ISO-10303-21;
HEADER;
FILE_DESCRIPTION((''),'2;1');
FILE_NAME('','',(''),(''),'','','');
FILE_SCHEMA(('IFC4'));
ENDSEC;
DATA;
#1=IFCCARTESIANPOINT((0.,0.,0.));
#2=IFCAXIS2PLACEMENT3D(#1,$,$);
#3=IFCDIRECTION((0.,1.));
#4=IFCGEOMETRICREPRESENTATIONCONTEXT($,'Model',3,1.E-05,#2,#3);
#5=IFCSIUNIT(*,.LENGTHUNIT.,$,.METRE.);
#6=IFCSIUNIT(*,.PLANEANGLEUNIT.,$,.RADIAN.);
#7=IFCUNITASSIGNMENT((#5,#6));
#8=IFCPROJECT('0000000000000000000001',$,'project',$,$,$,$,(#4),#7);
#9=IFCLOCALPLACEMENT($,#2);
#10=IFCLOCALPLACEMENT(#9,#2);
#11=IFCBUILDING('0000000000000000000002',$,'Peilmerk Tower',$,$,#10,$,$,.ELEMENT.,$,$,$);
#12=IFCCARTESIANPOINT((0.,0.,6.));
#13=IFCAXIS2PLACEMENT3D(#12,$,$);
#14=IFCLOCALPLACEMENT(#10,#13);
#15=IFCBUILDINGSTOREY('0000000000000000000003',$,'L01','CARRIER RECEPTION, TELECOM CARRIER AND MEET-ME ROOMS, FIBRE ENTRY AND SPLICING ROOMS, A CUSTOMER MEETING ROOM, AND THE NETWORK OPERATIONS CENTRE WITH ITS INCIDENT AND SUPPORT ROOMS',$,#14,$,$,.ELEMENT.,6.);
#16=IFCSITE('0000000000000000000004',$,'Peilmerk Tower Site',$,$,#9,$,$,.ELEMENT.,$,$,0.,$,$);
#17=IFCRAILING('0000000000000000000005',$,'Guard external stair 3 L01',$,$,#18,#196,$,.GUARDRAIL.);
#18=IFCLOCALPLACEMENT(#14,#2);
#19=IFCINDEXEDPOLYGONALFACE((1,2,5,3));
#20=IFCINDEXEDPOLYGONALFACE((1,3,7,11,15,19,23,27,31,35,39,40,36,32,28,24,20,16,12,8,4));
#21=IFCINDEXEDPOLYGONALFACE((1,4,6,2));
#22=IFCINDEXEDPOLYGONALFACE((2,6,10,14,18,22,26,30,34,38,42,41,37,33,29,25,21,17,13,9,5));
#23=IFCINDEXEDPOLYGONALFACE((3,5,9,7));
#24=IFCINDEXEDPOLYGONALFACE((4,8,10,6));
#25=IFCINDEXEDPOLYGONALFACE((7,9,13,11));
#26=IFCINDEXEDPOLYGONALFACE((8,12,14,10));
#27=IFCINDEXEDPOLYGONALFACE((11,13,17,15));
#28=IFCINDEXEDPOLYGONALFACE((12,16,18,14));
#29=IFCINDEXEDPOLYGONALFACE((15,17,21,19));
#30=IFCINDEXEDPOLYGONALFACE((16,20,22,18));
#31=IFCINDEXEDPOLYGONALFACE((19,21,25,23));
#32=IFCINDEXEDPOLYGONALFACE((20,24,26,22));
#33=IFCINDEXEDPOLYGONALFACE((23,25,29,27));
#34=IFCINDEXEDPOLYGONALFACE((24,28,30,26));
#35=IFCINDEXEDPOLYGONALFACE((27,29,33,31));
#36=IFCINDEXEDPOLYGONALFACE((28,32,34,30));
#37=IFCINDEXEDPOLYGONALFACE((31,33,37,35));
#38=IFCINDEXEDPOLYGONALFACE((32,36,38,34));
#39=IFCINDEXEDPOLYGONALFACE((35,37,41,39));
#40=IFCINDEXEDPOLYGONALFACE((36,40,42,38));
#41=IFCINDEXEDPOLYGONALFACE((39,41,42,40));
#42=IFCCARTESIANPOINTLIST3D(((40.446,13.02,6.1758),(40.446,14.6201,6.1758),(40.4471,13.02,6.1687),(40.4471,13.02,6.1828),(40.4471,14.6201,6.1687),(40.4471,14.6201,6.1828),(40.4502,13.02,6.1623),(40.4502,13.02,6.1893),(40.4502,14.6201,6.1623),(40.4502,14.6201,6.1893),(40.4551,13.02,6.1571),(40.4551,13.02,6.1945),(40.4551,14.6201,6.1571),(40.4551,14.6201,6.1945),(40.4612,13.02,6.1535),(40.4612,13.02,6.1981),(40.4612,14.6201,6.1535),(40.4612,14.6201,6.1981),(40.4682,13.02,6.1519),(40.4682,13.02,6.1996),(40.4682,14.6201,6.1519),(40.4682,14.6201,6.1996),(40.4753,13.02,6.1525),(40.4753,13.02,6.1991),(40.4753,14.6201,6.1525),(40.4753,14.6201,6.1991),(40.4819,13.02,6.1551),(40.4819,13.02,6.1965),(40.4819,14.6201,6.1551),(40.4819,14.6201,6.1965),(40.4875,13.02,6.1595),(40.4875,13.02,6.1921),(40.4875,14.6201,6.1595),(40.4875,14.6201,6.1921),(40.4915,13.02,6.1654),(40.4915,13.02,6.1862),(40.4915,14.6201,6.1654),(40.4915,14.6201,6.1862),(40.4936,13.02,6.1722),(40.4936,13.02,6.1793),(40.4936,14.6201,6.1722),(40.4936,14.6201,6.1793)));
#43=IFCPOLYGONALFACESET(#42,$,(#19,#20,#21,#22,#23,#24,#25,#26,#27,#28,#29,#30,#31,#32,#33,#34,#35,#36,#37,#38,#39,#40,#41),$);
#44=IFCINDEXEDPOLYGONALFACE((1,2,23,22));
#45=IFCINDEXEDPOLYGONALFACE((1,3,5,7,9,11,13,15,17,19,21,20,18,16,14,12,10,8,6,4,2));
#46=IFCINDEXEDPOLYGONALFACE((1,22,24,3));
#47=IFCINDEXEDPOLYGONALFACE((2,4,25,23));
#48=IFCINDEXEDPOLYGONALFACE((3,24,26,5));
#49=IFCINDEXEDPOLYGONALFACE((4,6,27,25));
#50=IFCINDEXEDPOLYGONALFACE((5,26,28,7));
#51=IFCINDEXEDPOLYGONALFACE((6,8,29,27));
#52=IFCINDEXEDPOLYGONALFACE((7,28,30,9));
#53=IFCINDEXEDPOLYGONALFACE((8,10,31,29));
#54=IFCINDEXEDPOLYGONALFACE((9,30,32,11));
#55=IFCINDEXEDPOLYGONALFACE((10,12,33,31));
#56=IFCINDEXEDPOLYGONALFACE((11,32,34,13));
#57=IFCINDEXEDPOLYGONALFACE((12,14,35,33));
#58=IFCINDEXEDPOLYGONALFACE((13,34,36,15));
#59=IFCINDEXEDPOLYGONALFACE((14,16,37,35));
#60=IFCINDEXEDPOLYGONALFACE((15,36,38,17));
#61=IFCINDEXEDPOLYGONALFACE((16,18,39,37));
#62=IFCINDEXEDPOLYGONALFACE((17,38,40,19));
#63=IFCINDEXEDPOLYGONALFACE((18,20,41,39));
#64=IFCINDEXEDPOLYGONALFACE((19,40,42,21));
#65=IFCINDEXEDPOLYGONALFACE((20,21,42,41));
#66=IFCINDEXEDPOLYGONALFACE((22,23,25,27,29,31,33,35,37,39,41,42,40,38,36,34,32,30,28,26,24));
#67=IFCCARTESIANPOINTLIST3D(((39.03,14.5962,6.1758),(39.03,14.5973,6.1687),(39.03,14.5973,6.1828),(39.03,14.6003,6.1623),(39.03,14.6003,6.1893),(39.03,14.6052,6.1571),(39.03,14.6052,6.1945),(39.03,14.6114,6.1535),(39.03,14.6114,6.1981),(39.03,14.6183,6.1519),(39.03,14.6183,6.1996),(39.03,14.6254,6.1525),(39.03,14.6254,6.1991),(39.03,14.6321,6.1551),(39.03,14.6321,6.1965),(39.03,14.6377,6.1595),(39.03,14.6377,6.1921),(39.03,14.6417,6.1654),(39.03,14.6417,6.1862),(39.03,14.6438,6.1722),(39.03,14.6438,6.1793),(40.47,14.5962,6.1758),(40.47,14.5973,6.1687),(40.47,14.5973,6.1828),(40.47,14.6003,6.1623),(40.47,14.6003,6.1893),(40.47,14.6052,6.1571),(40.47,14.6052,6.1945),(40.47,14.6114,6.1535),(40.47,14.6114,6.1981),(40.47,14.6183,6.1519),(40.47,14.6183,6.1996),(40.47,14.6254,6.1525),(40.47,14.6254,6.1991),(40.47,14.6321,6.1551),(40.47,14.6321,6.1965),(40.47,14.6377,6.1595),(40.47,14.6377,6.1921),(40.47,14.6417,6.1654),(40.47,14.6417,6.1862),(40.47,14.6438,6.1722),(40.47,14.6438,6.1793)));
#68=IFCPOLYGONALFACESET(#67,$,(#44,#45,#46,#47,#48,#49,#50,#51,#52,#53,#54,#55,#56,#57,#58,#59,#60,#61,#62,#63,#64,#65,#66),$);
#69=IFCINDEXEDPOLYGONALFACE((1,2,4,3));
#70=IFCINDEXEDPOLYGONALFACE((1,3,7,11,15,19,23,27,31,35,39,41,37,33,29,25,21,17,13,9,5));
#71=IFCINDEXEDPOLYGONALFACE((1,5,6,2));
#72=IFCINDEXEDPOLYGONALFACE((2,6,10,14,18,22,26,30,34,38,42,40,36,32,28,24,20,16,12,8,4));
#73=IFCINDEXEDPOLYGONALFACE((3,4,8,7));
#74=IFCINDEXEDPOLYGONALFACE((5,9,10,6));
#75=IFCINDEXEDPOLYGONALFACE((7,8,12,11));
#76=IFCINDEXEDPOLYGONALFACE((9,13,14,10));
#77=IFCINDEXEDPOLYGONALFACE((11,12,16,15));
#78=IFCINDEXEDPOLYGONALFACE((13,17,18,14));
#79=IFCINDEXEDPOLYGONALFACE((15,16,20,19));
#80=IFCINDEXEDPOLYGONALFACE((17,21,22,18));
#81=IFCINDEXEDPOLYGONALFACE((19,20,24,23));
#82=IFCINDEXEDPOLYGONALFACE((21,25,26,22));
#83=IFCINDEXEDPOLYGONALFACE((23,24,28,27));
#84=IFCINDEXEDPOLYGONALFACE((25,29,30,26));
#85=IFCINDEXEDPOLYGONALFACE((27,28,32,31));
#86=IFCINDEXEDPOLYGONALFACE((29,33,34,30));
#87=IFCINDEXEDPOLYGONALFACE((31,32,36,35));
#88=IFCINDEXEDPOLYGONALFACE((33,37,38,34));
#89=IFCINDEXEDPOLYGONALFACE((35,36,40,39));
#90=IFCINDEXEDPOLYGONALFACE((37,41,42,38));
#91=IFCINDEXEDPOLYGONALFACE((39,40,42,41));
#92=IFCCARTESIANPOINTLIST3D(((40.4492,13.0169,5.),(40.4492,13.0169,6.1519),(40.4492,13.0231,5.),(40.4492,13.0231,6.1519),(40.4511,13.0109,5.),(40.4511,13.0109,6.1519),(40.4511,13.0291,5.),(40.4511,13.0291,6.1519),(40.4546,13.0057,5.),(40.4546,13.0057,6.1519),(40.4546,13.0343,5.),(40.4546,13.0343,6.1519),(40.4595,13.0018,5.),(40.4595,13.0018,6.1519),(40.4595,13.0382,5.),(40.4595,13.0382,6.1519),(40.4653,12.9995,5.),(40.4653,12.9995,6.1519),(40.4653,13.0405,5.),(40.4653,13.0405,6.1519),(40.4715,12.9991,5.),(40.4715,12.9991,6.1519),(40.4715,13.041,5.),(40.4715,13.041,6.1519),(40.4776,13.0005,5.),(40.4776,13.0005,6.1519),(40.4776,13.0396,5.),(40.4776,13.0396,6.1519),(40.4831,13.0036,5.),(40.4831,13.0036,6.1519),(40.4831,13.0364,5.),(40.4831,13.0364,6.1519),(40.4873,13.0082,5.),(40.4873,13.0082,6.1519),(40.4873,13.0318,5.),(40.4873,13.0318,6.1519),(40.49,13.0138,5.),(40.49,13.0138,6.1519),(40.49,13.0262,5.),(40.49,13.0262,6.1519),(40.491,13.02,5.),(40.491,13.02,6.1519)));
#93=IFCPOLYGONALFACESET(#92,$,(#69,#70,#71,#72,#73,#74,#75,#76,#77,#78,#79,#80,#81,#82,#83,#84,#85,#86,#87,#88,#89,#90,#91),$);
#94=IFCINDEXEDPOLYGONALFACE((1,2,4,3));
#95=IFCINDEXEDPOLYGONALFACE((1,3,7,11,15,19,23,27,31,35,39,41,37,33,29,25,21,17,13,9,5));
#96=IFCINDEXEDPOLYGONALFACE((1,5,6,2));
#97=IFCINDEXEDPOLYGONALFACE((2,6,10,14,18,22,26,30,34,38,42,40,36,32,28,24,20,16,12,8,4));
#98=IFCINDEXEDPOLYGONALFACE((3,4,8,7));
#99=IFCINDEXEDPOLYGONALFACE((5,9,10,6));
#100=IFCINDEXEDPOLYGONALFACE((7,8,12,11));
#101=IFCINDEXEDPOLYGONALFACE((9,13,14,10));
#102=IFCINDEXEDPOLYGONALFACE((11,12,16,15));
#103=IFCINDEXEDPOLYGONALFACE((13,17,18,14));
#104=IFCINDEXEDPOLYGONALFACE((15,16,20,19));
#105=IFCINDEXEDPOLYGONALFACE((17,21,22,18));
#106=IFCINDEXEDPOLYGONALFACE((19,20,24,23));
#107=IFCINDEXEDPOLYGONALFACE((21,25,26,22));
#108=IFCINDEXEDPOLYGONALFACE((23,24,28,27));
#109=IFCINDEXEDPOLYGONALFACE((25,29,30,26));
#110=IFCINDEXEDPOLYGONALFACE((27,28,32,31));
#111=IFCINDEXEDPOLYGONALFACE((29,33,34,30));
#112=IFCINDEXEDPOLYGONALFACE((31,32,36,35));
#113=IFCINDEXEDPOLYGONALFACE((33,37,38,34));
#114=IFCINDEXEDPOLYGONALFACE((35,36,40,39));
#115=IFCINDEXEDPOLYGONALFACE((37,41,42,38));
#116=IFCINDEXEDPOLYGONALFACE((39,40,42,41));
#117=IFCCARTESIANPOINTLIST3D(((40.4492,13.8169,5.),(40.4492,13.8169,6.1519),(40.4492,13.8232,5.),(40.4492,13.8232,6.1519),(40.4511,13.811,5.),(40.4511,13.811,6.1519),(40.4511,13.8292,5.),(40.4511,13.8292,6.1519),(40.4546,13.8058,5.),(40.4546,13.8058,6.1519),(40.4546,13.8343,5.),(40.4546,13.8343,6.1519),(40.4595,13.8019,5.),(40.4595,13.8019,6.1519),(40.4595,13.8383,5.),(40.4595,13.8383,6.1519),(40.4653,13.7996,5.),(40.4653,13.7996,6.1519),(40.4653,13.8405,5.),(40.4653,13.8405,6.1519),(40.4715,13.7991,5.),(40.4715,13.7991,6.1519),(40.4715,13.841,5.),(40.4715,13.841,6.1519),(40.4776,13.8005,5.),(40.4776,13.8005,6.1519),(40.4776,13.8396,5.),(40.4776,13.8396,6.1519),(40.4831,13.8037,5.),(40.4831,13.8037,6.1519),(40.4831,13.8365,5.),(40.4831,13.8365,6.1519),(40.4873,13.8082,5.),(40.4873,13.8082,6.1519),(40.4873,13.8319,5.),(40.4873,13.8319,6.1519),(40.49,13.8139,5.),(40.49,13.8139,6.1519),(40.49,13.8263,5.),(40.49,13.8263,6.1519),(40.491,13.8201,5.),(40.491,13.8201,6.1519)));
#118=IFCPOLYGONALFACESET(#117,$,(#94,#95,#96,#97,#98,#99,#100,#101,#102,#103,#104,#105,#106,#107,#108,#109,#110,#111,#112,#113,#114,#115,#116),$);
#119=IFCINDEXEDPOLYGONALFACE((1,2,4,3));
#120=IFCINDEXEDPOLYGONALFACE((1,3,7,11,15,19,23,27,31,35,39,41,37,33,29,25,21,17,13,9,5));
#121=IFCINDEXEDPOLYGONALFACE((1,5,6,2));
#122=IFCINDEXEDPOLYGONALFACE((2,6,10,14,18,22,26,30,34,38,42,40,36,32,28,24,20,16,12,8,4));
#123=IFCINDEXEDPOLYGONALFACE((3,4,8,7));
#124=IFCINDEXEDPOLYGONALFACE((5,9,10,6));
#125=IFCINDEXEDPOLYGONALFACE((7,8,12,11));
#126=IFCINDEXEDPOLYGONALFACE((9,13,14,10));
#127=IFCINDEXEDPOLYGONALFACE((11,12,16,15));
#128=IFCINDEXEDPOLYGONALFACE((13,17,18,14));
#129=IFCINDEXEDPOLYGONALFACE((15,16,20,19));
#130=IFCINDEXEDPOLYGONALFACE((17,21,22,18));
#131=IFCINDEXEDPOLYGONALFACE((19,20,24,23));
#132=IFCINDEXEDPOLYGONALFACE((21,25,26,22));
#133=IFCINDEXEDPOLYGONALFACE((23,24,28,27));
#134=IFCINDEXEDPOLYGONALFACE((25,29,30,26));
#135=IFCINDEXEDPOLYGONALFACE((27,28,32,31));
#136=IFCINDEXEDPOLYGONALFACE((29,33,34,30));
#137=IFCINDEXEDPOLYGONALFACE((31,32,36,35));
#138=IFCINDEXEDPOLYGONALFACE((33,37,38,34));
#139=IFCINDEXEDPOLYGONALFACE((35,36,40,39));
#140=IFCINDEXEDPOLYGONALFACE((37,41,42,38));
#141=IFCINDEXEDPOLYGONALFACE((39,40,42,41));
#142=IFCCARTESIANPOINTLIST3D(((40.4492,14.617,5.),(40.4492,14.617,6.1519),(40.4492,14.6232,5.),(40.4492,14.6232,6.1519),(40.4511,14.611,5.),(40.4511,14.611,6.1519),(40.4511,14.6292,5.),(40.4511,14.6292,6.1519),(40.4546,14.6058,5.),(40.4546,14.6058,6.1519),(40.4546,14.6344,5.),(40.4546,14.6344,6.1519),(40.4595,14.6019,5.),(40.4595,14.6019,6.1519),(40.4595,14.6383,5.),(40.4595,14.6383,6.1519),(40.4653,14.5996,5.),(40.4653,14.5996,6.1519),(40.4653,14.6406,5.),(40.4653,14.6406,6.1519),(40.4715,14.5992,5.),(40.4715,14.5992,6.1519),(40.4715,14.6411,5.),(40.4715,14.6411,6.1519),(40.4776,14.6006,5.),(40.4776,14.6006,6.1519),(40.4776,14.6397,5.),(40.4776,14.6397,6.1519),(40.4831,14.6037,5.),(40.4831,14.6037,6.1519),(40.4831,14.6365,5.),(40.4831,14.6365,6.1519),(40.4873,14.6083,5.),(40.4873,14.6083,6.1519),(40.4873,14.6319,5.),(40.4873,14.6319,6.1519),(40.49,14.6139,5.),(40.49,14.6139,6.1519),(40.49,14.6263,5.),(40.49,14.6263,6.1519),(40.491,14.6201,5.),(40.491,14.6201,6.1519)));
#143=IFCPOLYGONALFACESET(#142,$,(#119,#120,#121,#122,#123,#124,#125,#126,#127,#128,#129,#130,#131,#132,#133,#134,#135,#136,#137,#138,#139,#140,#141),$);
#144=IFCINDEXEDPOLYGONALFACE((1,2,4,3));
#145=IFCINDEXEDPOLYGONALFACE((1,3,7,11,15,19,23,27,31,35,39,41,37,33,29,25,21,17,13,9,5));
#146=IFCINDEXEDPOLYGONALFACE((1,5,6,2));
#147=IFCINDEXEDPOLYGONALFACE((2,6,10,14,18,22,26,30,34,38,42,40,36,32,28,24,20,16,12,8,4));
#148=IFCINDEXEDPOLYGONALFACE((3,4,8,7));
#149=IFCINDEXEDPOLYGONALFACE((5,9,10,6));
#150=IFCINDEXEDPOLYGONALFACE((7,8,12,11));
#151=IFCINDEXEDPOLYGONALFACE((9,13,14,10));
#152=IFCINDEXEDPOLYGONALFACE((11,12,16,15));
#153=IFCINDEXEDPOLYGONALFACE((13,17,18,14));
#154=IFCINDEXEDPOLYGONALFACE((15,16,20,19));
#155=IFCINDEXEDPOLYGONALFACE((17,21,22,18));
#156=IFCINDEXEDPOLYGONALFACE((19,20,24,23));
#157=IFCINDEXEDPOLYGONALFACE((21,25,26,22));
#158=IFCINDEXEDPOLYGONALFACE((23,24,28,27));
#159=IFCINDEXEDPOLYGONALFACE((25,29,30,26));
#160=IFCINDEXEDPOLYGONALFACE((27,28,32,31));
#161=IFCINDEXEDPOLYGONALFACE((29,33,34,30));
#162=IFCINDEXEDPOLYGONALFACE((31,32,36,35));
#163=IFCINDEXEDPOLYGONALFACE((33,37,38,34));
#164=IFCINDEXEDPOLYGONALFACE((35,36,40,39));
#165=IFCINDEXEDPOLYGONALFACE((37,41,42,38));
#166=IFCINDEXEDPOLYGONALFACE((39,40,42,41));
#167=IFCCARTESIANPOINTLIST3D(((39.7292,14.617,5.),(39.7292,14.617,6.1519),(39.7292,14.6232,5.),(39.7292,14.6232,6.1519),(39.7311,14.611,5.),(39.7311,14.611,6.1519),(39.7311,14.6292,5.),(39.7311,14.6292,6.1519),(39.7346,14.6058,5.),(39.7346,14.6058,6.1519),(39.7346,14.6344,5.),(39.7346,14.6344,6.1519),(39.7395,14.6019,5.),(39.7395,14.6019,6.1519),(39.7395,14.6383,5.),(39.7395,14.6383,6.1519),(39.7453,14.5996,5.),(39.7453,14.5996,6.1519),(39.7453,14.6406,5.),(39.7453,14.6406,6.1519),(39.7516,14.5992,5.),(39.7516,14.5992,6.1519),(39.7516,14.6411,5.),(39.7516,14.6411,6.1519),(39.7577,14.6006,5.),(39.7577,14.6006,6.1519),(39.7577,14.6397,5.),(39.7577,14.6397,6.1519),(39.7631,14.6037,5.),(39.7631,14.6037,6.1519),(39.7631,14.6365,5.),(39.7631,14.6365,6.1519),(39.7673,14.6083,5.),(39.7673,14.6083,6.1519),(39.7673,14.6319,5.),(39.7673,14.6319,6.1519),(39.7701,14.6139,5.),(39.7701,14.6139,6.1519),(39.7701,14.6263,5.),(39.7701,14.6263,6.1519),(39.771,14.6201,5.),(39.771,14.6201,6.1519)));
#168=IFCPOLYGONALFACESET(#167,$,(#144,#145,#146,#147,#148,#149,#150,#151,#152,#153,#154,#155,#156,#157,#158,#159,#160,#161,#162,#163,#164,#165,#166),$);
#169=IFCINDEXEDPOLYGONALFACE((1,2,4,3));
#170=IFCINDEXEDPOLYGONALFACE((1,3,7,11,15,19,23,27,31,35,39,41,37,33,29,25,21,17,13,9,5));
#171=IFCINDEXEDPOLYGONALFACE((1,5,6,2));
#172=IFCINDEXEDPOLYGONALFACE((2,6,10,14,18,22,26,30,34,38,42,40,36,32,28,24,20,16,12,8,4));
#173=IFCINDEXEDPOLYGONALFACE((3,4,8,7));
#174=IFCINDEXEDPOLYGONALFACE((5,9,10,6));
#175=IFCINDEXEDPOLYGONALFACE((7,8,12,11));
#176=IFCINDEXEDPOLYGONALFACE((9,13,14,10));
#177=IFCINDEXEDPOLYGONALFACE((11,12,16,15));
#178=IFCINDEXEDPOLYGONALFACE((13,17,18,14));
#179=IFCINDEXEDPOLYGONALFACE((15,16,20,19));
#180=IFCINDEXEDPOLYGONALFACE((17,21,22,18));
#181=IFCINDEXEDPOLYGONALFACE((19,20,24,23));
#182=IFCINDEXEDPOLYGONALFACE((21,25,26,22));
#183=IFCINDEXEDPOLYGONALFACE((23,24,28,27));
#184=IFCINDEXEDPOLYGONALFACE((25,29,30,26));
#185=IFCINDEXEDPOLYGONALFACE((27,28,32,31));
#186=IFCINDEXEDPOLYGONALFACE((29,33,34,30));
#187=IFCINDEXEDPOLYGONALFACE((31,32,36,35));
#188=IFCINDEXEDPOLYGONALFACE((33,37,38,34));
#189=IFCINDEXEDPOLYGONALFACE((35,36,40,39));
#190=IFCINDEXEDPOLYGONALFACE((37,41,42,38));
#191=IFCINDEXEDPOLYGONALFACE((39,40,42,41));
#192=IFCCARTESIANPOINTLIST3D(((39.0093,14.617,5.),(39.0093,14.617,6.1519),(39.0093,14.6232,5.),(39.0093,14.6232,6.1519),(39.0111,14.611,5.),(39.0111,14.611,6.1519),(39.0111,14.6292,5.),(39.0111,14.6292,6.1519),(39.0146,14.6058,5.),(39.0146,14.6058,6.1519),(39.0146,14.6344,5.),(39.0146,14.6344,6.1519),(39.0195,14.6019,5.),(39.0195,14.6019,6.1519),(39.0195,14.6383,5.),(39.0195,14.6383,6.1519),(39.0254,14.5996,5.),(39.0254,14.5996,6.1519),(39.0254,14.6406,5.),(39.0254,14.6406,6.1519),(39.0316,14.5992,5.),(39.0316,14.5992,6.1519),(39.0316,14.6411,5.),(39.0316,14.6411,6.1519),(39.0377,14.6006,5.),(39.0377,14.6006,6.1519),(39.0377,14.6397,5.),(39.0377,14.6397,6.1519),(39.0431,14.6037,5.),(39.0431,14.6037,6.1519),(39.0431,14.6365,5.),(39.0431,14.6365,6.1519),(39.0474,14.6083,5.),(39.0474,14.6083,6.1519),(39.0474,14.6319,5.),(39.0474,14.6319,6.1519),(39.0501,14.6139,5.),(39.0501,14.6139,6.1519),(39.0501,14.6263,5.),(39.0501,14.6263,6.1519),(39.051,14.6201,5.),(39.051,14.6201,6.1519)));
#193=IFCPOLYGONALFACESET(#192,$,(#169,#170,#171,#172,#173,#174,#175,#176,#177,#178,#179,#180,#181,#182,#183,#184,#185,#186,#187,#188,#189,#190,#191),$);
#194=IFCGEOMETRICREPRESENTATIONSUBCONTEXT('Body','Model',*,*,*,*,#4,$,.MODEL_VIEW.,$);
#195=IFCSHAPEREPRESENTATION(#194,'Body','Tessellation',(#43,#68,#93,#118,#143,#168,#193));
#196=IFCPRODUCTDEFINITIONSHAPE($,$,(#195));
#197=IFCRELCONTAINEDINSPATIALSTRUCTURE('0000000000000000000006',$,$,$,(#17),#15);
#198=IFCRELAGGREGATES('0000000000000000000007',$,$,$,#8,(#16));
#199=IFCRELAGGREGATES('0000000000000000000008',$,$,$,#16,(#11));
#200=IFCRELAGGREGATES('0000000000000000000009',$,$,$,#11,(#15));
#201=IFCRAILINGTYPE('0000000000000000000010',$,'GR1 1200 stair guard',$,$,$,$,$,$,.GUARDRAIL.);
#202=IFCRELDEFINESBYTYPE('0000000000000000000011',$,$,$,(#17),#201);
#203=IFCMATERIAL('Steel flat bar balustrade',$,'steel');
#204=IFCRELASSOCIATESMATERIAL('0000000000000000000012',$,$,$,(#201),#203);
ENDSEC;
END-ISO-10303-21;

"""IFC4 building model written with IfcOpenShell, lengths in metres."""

from ifc_helpers import new_model, si_unit, direction, frame, origin, origin_2d, place, context, subcontext, project, spatial, circle, extrude, material, type_object, element, save


model = new_model("IFC4")

# Units and contexts
model_context = context("Model", 3, precision=1e-05, world=origin(), true_north=direction((0.0, 1.0)))
body_context = subcontext(model_context, "Body", "Model", "MODEL_VIEW")
ifc_project = project(units=[si_unit("LENGTHUNIT", "METRE"), si_unit("PLANEANGLEUNIT", "RADIAN")], contexts=[model_context])

# Site, building, storey
site_placement = place(None, origin())
site = spatial("IfcSite", under=ifc_project, at=site_placement, Name="Peilmerk Tower Site", CompositionType="ELEMENT", RefElevation=0.0)
building_placement = place(site_placement, origin())
building = spatial("IfcBuilding", under=site, at=building_placement, Name="Peilmerk Tower", CompositionType="ELEMENT")
storey_placement = place(building_placement, frame((0.0, 0.0, 6.0)))
storey = spatial("IfcBuildingStorey", under=building, at=storey_placement, Name="L01", Description="CARRIER RECEPTION, TELECOM CARRIER AND MEET-ME ROOMS, FIBRE ENTRY AND SPLICING ROOMS, A CUSTOMER MEETING ROOM, AND THE NETWORK OPERATIONS CENTRE WITH ITS INCIDENT AND SUPPORT ROOMS", CompositionType="ELEMENT", Elevation=6.0)

# Railing
ifc_material_1 = material(Name="Steel flat bar balustrade", Category="steel")
railing_type = type_object("IfcRailingType", Name="GR1 1200 stair guard", PredefinedType="GUARDRAIL", material=ifc_material_1)
railing_placement = place(storey_placement, frame((40.47, 13.02, 5.0)))
element("IfcRailing", 1, at=railing_placement, inside=storey, type_object=railing_type, Name="Guard external stair 3 L01", PredefinedType="GUARDRAIL", context=body_context, shape_type="SweptSolid", body=[
    extrude(circle(Radius=0.0239, at=origin_2d()), frame((0.0, 0.0, 1.1758), z_axis=(0.0, 1.0, 0.0), x_axis=(-1.0, 0.0, 0.0)), (0.0, 0.0, 1.0), 1.6001),
    extrude(circle(Radius=0.0239, at=origin_2d()), frame((0.0, 1.6001, 1.1758), z_axis=(-1.0, 0.0, 0.0), x_axis=(0.0, -1.0, 0.0)), (0.0, 0.0, 1.0), 1.4399),
    extrude(circle(Radius=0.021, at=origin_2d()), origin(), (0.0, 0.0, 1.0), 1.1519),
    extrude(circle(Radius=0.021, at=origin_2d()), frame((0.0, 0.8, 0.0)), (0.0, 0.0, 1.0), 1.1519),
    extrude(circle(Radius=0.021, at=origin_2d()), frame((0.0, 1.6001, 0.0)), (0.0, 0.0, 1.0), 1.1519),
    extrude(circle(Radius=0.021, at=origin_2d()), frame((-0.72, 1.6001, 0.0)), (0.0, 0.0, 1.0), 1.1519),
    extrude(circle(Radius=0.021, at=origin_2d()), frame((-1.4399, 1.6001, 0.0)), (0.0, 0.0, 1.0), 1.1519),
])

save(model, "model.ifc")
